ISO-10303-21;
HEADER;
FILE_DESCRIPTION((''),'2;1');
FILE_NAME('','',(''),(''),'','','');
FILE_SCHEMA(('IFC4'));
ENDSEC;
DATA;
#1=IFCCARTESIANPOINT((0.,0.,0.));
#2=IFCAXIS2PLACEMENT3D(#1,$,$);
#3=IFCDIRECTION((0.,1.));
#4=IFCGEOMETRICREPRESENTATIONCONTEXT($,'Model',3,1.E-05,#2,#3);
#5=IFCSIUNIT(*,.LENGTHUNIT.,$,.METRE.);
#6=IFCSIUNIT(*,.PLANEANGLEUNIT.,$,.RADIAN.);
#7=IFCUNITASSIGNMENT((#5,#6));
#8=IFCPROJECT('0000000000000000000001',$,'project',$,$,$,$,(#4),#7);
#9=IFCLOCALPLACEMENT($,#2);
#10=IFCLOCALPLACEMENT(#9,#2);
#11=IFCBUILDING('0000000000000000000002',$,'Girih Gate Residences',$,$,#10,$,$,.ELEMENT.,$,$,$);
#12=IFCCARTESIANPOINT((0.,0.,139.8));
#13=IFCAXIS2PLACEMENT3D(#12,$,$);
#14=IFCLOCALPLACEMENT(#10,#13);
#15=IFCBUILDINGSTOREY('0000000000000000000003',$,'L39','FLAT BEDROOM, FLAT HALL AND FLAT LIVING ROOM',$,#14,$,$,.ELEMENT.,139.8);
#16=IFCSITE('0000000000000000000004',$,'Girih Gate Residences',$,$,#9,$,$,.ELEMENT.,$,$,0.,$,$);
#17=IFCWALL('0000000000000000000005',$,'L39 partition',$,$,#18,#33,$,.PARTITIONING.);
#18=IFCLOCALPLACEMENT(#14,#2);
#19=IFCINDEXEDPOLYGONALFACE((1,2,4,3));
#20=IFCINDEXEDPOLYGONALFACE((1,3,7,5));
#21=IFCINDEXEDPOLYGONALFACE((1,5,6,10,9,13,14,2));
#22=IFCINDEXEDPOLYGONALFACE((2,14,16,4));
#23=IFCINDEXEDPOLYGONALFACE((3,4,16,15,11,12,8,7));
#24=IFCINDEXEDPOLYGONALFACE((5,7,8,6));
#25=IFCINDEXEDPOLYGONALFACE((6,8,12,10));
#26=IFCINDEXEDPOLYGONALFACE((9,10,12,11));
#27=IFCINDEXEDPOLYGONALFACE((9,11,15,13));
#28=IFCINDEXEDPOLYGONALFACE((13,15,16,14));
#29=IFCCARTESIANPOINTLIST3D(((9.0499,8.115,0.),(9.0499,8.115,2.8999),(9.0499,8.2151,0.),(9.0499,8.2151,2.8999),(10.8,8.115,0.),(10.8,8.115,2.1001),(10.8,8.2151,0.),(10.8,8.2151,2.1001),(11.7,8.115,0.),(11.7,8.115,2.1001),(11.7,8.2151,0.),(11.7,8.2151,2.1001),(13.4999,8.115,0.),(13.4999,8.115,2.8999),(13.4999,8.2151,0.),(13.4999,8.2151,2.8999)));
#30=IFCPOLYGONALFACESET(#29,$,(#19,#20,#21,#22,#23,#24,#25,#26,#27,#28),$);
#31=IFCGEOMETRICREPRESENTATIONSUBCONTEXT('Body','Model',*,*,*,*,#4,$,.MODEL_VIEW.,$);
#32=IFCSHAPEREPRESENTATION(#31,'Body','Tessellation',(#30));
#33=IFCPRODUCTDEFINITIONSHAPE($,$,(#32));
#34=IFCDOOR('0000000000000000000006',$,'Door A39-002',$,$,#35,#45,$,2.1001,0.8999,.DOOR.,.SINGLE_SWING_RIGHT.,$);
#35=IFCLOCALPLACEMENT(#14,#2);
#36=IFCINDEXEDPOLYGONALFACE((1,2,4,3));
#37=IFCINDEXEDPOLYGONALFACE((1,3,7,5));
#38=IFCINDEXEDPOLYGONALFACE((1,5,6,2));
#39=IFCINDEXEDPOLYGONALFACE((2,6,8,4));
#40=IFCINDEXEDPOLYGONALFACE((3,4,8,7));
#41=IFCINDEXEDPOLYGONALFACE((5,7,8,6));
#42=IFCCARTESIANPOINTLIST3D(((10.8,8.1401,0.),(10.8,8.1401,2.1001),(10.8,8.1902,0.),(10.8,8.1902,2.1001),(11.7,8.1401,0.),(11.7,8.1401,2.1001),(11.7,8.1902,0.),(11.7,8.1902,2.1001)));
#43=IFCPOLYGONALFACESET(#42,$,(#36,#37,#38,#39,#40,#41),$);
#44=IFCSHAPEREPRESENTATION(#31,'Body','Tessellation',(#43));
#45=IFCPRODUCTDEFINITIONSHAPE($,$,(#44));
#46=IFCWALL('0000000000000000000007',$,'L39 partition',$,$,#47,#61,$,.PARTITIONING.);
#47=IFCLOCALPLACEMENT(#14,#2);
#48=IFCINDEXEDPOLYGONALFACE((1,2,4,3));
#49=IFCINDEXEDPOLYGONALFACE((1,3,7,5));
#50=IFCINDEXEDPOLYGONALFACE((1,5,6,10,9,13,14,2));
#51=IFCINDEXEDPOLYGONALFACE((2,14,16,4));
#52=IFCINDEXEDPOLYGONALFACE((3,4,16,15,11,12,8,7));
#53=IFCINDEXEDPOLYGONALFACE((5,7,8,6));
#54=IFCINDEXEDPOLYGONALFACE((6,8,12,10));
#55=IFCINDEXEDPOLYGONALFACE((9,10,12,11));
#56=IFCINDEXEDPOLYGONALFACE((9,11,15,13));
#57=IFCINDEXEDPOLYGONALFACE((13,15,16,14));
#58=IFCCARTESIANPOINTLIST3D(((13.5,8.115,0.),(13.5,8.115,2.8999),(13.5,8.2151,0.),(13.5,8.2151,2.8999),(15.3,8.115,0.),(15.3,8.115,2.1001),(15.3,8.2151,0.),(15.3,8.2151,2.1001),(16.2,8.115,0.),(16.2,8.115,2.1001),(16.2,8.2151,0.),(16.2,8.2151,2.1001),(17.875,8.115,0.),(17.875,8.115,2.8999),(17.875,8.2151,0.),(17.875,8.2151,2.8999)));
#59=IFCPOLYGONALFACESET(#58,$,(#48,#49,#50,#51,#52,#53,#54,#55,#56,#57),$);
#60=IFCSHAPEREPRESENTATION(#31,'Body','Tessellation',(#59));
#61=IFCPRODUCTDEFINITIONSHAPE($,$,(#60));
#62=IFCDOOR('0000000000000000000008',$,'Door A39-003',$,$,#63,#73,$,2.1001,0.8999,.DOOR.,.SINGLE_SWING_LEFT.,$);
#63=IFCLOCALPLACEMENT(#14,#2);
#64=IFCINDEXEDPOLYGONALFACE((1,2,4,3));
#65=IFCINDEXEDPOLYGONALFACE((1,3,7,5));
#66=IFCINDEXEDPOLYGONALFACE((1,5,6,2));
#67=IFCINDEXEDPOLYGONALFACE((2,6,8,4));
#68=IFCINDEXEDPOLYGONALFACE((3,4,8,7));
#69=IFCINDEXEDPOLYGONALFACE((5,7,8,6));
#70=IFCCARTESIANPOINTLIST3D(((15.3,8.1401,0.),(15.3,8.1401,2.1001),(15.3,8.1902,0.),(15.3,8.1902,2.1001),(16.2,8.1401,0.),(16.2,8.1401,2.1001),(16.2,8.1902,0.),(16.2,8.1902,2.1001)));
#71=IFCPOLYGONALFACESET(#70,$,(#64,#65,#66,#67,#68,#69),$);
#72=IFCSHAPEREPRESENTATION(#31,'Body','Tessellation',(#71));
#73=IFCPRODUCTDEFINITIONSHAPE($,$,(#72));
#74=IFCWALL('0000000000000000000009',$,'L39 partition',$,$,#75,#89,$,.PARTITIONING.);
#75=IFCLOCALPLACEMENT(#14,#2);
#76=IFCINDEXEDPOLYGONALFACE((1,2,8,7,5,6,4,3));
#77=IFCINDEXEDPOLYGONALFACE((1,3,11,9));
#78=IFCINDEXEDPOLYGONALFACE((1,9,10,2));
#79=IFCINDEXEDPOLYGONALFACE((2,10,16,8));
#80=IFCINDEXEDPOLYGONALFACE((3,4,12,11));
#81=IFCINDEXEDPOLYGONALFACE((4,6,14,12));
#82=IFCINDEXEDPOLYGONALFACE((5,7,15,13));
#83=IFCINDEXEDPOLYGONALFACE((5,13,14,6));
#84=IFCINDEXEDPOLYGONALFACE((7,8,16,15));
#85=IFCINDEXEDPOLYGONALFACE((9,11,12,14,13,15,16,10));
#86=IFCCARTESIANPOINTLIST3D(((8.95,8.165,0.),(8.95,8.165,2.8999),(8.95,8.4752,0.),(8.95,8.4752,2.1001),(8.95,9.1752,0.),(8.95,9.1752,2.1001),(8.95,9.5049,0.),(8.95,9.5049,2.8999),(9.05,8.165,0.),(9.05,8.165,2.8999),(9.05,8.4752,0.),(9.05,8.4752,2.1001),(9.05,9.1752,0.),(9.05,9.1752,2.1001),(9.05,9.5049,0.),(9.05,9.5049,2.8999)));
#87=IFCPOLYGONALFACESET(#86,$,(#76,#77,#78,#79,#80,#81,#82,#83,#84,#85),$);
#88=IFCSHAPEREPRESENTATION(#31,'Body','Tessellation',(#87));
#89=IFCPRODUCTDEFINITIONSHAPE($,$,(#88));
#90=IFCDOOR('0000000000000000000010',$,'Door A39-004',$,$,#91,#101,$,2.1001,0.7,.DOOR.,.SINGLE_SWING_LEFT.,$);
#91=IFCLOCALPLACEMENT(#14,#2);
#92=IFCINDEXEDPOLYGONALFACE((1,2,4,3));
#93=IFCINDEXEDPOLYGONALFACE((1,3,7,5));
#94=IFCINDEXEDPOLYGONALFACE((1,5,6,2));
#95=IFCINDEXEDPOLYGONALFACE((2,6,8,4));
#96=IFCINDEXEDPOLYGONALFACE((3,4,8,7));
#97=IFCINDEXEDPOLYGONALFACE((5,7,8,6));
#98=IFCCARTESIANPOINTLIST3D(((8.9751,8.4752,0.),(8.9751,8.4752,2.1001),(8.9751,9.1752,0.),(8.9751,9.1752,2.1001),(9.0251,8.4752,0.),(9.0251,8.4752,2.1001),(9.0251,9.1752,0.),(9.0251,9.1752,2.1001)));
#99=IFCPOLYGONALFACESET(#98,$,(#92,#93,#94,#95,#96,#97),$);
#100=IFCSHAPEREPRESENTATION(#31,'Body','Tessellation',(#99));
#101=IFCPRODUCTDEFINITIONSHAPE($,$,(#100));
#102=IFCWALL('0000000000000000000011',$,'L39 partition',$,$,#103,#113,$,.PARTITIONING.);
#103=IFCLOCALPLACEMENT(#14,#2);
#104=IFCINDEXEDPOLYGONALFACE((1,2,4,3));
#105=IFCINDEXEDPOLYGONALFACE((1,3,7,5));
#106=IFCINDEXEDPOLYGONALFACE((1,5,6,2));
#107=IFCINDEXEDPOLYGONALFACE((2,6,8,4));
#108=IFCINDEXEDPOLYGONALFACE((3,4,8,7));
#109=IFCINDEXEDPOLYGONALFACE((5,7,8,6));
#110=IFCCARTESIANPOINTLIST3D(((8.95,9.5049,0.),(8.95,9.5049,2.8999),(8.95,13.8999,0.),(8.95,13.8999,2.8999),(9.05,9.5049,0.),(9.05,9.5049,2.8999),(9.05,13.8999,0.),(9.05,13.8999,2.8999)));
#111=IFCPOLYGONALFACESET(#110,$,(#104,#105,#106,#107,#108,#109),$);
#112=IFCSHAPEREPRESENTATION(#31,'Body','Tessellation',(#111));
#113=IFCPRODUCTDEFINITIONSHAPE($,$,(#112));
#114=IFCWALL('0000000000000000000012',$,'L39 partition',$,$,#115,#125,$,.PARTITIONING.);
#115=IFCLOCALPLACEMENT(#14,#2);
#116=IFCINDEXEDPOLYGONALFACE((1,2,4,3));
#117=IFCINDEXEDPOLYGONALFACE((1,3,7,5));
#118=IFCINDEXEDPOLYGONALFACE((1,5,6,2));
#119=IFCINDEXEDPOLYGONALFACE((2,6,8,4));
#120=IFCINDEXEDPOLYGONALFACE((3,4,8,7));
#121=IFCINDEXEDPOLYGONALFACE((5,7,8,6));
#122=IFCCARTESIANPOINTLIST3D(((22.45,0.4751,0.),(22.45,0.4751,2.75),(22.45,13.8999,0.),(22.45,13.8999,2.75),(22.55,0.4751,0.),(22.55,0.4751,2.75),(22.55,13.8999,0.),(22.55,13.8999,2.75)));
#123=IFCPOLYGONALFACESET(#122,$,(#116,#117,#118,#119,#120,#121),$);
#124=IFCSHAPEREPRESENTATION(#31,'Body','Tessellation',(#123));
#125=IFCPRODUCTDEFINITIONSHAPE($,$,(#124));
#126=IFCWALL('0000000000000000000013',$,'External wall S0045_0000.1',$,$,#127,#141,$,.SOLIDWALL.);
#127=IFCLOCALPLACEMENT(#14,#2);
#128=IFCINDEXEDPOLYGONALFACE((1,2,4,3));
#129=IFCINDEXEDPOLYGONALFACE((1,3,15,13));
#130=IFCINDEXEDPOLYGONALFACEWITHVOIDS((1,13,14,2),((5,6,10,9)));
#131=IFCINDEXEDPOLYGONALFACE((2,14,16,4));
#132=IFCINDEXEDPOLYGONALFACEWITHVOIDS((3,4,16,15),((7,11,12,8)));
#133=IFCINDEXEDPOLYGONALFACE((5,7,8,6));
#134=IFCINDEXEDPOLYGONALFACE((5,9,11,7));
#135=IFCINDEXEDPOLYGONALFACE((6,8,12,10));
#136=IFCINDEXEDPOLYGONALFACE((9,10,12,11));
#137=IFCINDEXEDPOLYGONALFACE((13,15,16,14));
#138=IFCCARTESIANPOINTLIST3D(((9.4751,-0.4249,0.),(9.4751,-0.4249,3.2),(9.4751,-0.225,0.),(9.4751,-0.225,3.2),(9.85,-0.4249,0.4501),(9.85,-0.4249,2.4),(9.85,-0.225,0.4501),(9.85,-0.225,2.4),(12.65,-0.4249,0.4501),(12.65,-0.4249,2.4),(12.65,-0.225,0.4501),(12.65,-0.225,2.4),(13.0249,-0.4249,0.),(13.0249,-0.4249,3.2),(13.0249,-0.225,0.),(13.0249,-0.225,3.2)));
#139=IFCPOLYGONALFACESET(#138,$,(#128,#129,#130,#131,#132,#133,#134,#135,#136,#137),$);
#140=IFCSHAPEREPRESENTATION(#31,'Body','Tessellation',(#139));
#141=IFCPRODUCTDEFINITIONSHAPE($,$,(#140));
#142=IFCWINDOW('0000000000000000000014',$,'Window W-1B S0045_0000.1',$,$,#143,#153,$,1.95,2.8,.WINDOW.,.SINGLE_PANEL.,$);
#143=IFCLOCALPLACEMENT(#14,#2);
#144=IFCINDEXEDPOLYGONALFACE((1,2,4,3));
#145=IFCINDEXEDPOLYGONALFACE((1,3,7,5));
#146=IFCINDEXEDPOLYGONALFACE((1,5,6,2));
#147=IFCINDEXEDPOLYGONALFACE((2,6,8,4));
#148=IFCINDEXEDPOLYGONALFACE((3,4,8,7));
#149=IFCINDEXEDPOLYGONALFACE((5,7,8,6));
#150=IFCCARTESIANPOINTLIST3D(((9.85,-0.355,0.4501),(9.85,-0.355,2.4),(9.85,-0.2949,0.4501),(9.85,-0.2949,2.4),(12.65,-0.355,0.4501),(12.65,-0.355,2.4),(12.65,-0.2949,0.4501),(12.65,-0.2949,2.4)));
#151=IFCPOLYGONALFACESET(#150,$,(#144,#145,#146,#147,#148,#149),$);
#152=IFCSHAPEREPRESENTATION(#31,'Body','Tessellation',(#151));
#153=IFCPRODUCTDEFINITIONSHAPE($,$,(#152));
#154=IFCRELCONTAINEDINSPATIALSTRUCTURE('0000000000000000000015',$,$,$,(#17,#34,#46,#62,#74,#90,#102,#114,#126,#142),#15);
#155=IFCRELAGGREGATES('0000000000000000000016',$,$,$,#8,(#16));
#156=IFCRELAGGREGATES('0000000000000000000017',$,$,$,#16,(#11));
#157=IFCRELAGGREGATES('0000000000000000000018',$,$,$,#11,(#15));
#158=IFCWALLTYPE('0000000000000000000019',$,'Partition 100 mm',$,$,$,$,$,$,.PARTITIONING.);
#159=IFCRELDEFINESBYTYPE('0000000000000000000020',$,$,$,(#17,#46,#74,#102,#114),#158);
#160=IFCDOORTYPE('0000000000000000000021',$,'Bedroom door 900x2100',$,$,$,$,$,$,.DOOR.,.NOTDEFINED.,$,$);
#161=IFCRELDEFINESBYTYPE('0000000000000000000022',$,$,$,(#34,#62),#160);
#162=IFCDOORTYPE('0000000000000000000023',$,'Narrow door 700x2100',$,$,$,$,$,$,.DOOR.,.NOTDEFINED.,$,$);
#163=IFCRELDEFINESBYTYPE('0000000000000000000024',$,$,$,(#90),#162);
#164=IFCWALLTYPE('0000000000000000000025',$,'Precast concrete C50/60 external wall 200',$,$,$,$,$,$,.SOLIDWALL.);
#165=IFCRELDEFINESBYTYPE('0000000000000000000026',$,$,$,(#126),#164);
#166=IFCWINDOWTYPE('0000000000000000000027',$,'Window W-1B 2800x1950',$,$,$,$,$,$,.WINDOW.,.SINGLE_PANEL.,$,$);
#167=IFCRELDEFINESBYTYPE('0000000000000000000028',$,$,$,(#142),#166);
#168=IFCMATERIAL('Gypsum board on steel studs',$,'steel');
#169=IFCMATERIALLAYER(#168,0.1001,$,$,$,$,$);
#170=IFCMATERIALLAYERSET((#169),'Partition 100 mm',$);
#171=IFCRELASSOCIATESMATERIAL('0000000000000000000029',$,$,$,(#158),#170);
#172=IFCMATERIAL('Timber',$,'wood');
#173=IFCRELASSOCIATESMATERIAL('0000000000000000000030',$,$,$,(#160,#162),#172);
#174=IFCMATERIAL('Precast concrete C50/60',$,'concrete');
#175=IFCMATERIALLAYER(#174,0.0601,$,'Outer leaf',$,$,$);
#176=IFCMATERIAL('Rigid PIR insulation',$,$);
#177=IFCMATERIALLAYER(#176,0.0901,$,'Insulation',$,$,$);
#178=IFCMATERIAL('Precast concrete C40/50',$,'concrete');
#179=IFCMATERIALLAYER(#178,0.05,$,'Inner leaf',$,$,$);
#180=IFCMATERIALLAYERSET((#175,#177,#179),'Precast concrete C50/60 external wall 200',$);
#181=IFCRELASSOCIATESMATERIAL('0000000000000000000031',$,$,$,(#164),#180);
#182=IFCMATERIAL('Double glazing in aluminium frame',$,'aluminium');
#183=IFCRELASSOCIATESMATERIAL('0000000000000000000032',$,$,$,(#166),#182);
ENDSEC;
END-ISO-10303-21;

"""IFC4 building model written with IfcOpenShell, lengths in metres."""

from ifc_helpers import new_model, si_unit, direction, frame, frame_2d, origin, place, context, subcontext, project, spatial, rectangle, extrude, material, layer, layer_set, type_object, element, fill, save


model = new_model("IFC4")

# Units and contexts
model_context = context("Model", 3, precision=1e-05, world=origin(), true_north=direction((0.0, 1.0)))
body_context = subcontext(model_context, "Body", "Model", "MODEL_VIEW")
ifc_project = project(units=[si_unit("LENGTHUNIT", "METRE"), si_unit("PLANEANGLEUNIT", "RADIAN")], contexts=[model_context])

# Site, building, storey
site_placement = place(None, origin())
site = spatial("IfcSite", under=ifc_project, at=site_placement, Name="Girih Gate Residences", CompositionType="ELEMENT", RefElevation=0.0)
building_placement = place(site_placement, origin())
building = spatial("IfcBuilding", under=site, at=building_placement, Name="Girih Gate Residences", CompositionType="ELEMENT")
storey_placement = place(building_placement, frame((0.0, 0.0, 139.8)))
storey = spatial("IfcBuildingStorey", under=building, at=storey_placement, Name="L39", Description="FLAT BEDROOM, FLAT HALL AND FLAT LIVING ROOM", CompositionType="ELEMENT", Elevation=139.8)

# Shared definitions
ifc_material_1 = material(Name="Gypsum board on steel studs", Category="steel")
ifc_layer_1 = layer(ifc_material_1, 0.1001)
ifc_layer_set_1 = layer_set([ifc_layer_1], Name="Partition 100 mm")
wall_type_1 = type_object("IfcWallType", Name="Partition 100 mm", PredefinedType="PARTITIONING", material=ifc_layer_set_1)

# Walls, openings, doors
wall_1_placement = place(storey_placement, frame((13.5, 8.165, 0.0), z_axis=(0.0, 0.0, 1.0), x_axis=(-1.0, 0.0, 0.0)))
wall_1 = element("IfcWall", 1, at=wall_1_placement, inside=storey, type_object=wall_type_1, Name="L39 partition", PredefinedType="PARTITIONING", context=body_context, shape_type="SweptSolid", body=[
    extrude(rectangle(XDim=4.45, YDim=0.1001, at=frame_2d((2.2251, 0.0))), origin(), (0.0, 0.0, 1.0), 2.8999),
])
opening_1_placement = place(wall_1_placement, frame((1.8, 0.0, 0.0)))
opening_1 = element("IfcOpeningElement", 2, at=opening_1_placement, cuts=wall_1, PredefinedType="OPENING", context=body_context, shape_type="SweptSolid", body=[
    extrude(rectangle(XDim=0.8999, YDim=2.1001, at=frame_2d((0.45, 1.05))), frame((0.0, 0.0601, 0.0), z_axis=(0.0, -1.0, 0.0), x_axis=(1.0, 0.0, 0.0)), (0.0, 0.0, 1.0), 0.1201),
])
ifc_material_2 = material(Name="Timber", Category="wood")
door_type_1 = type_object("IfcDoorType", Name="Bedroom door 900x2100", OperationType="NOTDEFINED", PredefinedType="DOOR", material=ifc_material_2)
door_1_placement = place(opening_1_placement, origin())
door_1 = element("IfcDoor", 3, at=door_1_placement, inside=storey, type_object=door_type_1, Name="Door A39-002", OperationType="SINGLE_SWING_RIGHT", OverallHeight=2.1001, OverallWidth=0.8999, PredefinedType="DOOR", context=body_context, shape_type="SweptSolid", body=[
    extrude(rectangle(XDim=0.8999, YDim=2.1001, at=frame_2d((0.45, 1.05))), frame((0.0, 0.0249, 0.0), z_axis=(0.0, -1.0, 0.0), x_axis=(1.0, 0.0, 0.0)), (0.0, 0.0, 1.0), 0.05),
])
fill(opening_1, door_1)
wall_2_placement = place(storey_placement, frame((17.875, 8.165, 0.0), z_axis=(0.0, 0.0, 1.0), x_axis=(-1.0, 0.0, 0.0)))
wall_2 = element("IfcWall", 4, at=wall_2_placement, inside=storey, type_object=wall_type_1, Name="L39 partition", PredefinedType="PARTITIONING", context=body_context, shape_type="SweptSolid", body=[
    extrude(rectangle(XDim=4.375, YDim=0.1001, at=frame_2d((2.1875, 0.0))), origin(), (0.0, 0.0, 1.0), 2.8999),
])
opening_2_placement = place(wall_2_placement, frame((1.675, 0.0, 0.0)))
opening_2 = element("IfcOpeningElement", 5, at=opening_2_placement, cuts=wall_2, PredefinedType="OPENING", context=body_context, shape_type="SweptSolid", body=[
    extrude(rectangle(XDim=0.8999, YDim=2.1001, at=frame_2d((0.45, 1.05))), frame((0.0, 0.0601, 0.0), z_axis=(0.0, -1.0, 0.0), x_axis=(1.0, 0.0, 0.0)), (0.0, 0.0, 1.0), 0.1201),
])
door_2_placement = place(opening_2_placement, origin())
door_2 = element("IfcDoor", 6, at=door_2_placement, inside=storey, type_object=door_type_1, Name="Door A39-003", OperationType="SINGLE_SWING_LEFT", OverallHeight=2.1001, OverallWidth=0.8999, PredefinedType="DOOR", context=body_context, shape_type="SweptSolid", body=[
    extrude(rectangle(XDim=0.8999, YDim=2.1001, at=frame_2d((0.45, 1.05))), frame((0.0, 0.0249, 0.0), z_axis=(0.0, -1.0, 0.0), x_axis=(1.0, 0.0, 0.0)), (0.0, 0.0, 1.0), 0.05),
])
fill(opening_2, door_2)
wall_3_placement = place(storey_placement, frame((9.0, 8.165, 0.0), z_axis=(0.0, 0.0, 1.0), x_axis=(0.0, 1.0, 0.0)))
wall_3 = element("IfcWall", 7, at=wall_3_placement, inside=storey, type_object=wall_type_1, Name="L39 partition", PredefinedType="PARTITIONING", context=body_context, shape_type="SweptSolid", body=[
    extrude(rectangle(XDim=1.3398, YDim=0.1001, at=frame_2d((0.6699, 0.0))), origin(), (0.0, 0.0, 1.0), 2.8999),
])
opening_3_placement = place(wall_3_placement, frame((0.3101, 0.0, 0.0)))
opening_3 = element("IfcOpeningElement", 8, at=opening_3_placement, cuts=wall_3, PredefinedType="OPENING", context=body_context, shape_type="SweptSolid", body=[
    extrude(rectangle(XDim=0.7, YDim=2.1001, at=frame_2d((0.3501, 1.05))), frame((0.0, 0.0601, 0.0), z_axis=(0.0, -1.0, 0.0), x_axis=(1.0, 0.0, 0.0)), (0.0, 0.0, 1.0), 0.1201),
])
door_type_2 = type_object("IfcDoorType", Name="Narrow door 700x2100", OperationType="NOTDEFINED", PredefinedType="DOOR", material=ifc_material_2)
door_3_placement = place(opening_3_placement, origin())
door_3 = element("IfcDoor", 9, at=door_3_placement, inside=storey, type_object=door_type_2, Name="Door A39-004", OperationType="SINGLE_SWING_LEFT", OverallHeight=2.1001, OverallWidth=0.7, PredefinedType="DOOR", context=body_context, shape_type="SweptSolid", body=[
    extrude(rectangle(XDim=0.7, YDim=2.1001, at=frame_2d((0.3501, 1.05))), frame((0.0, 0.0249, 0.0), z_axis=(0.0, -1.0, 0.0), x_axis=(1.0, 0.0, 0.0)), (0.0, 0.0, 1.0), 0.05),
])
fill(opening_3, door_3)

# Walls
wall_4_placement = place(storey_placement, frame((9.0, 9.5049, 0.0), z_axis=(0.0, 0.0, 1.0), x_axis=(0.0, 1.0, 0.0)))
element("IfcWall", 10, at=wall_4_placement, inside=storey, type_object=wall_type_1, Name="L39 partition", PredefinedType="PARTITIONING", context=body_context, shape_type="SweptSolid", body=[
    extrude(rectangle(XDim=4.395, YDim=0.1001, at=frame_2d((2.1975, 0.0))), origin(), (0.0, 0.0, 1.0), 2.8999),
])
wall_5_placement = place(storey_placement, frame((22.5, 0.4751, 0.0), z_axis=(0.0, 0.0, 1.0), x_axis=(0.0, 1.0, 0.0)))
element("IfcWall", 11, at=wall_5_placement, inside=storey, type_object=wall_type_1, Name="L39 partition", PredefinedType="PARTITIONING", context=body_context, shape_type="SweptSolid", body=[
    extrude(rectangle(XDim=13.4248, YDim=0.1001, at=frame_2d((6.7124, 0.0))), origin(), (0.0, 0.0, 1.0), 2.75),
])

# Wall, opening, window
ifc_material_3 = material(Name="Precast concrete C50/60", Category="concrete")
ifc_layer_2 = layer(ifc_material_3, 0.0601, Name="Outer leaf")
ifc_material_4 = material(Name="Rigid PIR insulation")
ifc_layer_3 = layer(ifc_material_4, 0.0901, Name="Insulation")
ifc_material_5 = material(Name="Precast concrete C40/50", Category="concrete")
ifc_layer_4 = layer(ifc_material_5, 0.05, Name="Inner leaf")
ifc_layer_set_2 = layer_set([ifc_layer_2, ifc_layer_3, ifc_layer_4], Name="Precast concrete C50/60 external wall 200")
wall_type_2 = type_object("IfcWallType", Name="Precast concrete C50/60 external wall 200", PredefinedType="SOLIDWALL", material=ifc_layer_set_2)
wall_6_placement = place(storey_placement, frame((13.0249, -0.325, 0.0), z_axis=(0.0, 0.0, 1.0), x_axis=(-1.0, 0.0, 0.0)))
wall_6 = element("IfcWall", 12, at=wall_6_placement, inside=storey, type_object=wall_type_2, Name="External wall S0045_0000.1", PredefinedType="SOLIDWALL", context=body_context, shape_type="SweptSolid", body=[
    extrude(rectangle(XDim=3.5498, YDim=0.2, at=frame_2d((1.7749, 0.0))), origin(), (0.0, 0.0, 1.0), 3.2),
])
opening_4_placement = place(wall_6_placement, frame((0.375, 0.0, 0.45)))
opening_4 = element("IfcOpeningElement", 13, at=opening_4_placement, cuts=wall_6, PredefinedType="OPENING", context=body_context, shape_type="SweptSolid", body=[
    extrude(rectangle(XDim=2.8, YDim=1.95, at=frame_2d((1.3999, 0.9751))), frame((0.0, 0.1099, 0.0), z_axis=(0.0, -1.0, 0.0), x_axis=(1.0, 0.0, 0.0)), (0.0, 0.0, 1.0), 0.22),
])
ifc_material_6 = material(Name="Double glazing in aluminium frame", Category="aluminium")
window_type = type_object("IfcWindowType", Name="Window W-1B 2800x1950", PartitioningType="SINGLE_PANEL", PredefinedType="WINDOW", material=ifc_material_6)
window_1_placement = place(opening_4_placement, origin())
window_1 = element("IfcWindow", 14, at=window_1_placement, inside=storey, type_object=window_type, Name="Window W-1B S0045_0000.1", OverallHeight=1.95, OverallWidth=2.8, PartitioningType="SINGLE_PANEL", PredefinedType="WINDOW", context=body_context, shape_type="SweptSolid", body=[
    extrude(rectangle(XDim=2.8, YDim=1.95, at=frame_2d((1.3999, 0.9751))), frame((0.0, 0.03, 0.0), z_axis=(0.0, -1.0, 0.0), x_axis=(1.0, 0.0, 0.0)), (0.0, 0.0, 1.0), 0.0601),
])
fill(opening_4, window_1)

save(model, "model.ifc")
